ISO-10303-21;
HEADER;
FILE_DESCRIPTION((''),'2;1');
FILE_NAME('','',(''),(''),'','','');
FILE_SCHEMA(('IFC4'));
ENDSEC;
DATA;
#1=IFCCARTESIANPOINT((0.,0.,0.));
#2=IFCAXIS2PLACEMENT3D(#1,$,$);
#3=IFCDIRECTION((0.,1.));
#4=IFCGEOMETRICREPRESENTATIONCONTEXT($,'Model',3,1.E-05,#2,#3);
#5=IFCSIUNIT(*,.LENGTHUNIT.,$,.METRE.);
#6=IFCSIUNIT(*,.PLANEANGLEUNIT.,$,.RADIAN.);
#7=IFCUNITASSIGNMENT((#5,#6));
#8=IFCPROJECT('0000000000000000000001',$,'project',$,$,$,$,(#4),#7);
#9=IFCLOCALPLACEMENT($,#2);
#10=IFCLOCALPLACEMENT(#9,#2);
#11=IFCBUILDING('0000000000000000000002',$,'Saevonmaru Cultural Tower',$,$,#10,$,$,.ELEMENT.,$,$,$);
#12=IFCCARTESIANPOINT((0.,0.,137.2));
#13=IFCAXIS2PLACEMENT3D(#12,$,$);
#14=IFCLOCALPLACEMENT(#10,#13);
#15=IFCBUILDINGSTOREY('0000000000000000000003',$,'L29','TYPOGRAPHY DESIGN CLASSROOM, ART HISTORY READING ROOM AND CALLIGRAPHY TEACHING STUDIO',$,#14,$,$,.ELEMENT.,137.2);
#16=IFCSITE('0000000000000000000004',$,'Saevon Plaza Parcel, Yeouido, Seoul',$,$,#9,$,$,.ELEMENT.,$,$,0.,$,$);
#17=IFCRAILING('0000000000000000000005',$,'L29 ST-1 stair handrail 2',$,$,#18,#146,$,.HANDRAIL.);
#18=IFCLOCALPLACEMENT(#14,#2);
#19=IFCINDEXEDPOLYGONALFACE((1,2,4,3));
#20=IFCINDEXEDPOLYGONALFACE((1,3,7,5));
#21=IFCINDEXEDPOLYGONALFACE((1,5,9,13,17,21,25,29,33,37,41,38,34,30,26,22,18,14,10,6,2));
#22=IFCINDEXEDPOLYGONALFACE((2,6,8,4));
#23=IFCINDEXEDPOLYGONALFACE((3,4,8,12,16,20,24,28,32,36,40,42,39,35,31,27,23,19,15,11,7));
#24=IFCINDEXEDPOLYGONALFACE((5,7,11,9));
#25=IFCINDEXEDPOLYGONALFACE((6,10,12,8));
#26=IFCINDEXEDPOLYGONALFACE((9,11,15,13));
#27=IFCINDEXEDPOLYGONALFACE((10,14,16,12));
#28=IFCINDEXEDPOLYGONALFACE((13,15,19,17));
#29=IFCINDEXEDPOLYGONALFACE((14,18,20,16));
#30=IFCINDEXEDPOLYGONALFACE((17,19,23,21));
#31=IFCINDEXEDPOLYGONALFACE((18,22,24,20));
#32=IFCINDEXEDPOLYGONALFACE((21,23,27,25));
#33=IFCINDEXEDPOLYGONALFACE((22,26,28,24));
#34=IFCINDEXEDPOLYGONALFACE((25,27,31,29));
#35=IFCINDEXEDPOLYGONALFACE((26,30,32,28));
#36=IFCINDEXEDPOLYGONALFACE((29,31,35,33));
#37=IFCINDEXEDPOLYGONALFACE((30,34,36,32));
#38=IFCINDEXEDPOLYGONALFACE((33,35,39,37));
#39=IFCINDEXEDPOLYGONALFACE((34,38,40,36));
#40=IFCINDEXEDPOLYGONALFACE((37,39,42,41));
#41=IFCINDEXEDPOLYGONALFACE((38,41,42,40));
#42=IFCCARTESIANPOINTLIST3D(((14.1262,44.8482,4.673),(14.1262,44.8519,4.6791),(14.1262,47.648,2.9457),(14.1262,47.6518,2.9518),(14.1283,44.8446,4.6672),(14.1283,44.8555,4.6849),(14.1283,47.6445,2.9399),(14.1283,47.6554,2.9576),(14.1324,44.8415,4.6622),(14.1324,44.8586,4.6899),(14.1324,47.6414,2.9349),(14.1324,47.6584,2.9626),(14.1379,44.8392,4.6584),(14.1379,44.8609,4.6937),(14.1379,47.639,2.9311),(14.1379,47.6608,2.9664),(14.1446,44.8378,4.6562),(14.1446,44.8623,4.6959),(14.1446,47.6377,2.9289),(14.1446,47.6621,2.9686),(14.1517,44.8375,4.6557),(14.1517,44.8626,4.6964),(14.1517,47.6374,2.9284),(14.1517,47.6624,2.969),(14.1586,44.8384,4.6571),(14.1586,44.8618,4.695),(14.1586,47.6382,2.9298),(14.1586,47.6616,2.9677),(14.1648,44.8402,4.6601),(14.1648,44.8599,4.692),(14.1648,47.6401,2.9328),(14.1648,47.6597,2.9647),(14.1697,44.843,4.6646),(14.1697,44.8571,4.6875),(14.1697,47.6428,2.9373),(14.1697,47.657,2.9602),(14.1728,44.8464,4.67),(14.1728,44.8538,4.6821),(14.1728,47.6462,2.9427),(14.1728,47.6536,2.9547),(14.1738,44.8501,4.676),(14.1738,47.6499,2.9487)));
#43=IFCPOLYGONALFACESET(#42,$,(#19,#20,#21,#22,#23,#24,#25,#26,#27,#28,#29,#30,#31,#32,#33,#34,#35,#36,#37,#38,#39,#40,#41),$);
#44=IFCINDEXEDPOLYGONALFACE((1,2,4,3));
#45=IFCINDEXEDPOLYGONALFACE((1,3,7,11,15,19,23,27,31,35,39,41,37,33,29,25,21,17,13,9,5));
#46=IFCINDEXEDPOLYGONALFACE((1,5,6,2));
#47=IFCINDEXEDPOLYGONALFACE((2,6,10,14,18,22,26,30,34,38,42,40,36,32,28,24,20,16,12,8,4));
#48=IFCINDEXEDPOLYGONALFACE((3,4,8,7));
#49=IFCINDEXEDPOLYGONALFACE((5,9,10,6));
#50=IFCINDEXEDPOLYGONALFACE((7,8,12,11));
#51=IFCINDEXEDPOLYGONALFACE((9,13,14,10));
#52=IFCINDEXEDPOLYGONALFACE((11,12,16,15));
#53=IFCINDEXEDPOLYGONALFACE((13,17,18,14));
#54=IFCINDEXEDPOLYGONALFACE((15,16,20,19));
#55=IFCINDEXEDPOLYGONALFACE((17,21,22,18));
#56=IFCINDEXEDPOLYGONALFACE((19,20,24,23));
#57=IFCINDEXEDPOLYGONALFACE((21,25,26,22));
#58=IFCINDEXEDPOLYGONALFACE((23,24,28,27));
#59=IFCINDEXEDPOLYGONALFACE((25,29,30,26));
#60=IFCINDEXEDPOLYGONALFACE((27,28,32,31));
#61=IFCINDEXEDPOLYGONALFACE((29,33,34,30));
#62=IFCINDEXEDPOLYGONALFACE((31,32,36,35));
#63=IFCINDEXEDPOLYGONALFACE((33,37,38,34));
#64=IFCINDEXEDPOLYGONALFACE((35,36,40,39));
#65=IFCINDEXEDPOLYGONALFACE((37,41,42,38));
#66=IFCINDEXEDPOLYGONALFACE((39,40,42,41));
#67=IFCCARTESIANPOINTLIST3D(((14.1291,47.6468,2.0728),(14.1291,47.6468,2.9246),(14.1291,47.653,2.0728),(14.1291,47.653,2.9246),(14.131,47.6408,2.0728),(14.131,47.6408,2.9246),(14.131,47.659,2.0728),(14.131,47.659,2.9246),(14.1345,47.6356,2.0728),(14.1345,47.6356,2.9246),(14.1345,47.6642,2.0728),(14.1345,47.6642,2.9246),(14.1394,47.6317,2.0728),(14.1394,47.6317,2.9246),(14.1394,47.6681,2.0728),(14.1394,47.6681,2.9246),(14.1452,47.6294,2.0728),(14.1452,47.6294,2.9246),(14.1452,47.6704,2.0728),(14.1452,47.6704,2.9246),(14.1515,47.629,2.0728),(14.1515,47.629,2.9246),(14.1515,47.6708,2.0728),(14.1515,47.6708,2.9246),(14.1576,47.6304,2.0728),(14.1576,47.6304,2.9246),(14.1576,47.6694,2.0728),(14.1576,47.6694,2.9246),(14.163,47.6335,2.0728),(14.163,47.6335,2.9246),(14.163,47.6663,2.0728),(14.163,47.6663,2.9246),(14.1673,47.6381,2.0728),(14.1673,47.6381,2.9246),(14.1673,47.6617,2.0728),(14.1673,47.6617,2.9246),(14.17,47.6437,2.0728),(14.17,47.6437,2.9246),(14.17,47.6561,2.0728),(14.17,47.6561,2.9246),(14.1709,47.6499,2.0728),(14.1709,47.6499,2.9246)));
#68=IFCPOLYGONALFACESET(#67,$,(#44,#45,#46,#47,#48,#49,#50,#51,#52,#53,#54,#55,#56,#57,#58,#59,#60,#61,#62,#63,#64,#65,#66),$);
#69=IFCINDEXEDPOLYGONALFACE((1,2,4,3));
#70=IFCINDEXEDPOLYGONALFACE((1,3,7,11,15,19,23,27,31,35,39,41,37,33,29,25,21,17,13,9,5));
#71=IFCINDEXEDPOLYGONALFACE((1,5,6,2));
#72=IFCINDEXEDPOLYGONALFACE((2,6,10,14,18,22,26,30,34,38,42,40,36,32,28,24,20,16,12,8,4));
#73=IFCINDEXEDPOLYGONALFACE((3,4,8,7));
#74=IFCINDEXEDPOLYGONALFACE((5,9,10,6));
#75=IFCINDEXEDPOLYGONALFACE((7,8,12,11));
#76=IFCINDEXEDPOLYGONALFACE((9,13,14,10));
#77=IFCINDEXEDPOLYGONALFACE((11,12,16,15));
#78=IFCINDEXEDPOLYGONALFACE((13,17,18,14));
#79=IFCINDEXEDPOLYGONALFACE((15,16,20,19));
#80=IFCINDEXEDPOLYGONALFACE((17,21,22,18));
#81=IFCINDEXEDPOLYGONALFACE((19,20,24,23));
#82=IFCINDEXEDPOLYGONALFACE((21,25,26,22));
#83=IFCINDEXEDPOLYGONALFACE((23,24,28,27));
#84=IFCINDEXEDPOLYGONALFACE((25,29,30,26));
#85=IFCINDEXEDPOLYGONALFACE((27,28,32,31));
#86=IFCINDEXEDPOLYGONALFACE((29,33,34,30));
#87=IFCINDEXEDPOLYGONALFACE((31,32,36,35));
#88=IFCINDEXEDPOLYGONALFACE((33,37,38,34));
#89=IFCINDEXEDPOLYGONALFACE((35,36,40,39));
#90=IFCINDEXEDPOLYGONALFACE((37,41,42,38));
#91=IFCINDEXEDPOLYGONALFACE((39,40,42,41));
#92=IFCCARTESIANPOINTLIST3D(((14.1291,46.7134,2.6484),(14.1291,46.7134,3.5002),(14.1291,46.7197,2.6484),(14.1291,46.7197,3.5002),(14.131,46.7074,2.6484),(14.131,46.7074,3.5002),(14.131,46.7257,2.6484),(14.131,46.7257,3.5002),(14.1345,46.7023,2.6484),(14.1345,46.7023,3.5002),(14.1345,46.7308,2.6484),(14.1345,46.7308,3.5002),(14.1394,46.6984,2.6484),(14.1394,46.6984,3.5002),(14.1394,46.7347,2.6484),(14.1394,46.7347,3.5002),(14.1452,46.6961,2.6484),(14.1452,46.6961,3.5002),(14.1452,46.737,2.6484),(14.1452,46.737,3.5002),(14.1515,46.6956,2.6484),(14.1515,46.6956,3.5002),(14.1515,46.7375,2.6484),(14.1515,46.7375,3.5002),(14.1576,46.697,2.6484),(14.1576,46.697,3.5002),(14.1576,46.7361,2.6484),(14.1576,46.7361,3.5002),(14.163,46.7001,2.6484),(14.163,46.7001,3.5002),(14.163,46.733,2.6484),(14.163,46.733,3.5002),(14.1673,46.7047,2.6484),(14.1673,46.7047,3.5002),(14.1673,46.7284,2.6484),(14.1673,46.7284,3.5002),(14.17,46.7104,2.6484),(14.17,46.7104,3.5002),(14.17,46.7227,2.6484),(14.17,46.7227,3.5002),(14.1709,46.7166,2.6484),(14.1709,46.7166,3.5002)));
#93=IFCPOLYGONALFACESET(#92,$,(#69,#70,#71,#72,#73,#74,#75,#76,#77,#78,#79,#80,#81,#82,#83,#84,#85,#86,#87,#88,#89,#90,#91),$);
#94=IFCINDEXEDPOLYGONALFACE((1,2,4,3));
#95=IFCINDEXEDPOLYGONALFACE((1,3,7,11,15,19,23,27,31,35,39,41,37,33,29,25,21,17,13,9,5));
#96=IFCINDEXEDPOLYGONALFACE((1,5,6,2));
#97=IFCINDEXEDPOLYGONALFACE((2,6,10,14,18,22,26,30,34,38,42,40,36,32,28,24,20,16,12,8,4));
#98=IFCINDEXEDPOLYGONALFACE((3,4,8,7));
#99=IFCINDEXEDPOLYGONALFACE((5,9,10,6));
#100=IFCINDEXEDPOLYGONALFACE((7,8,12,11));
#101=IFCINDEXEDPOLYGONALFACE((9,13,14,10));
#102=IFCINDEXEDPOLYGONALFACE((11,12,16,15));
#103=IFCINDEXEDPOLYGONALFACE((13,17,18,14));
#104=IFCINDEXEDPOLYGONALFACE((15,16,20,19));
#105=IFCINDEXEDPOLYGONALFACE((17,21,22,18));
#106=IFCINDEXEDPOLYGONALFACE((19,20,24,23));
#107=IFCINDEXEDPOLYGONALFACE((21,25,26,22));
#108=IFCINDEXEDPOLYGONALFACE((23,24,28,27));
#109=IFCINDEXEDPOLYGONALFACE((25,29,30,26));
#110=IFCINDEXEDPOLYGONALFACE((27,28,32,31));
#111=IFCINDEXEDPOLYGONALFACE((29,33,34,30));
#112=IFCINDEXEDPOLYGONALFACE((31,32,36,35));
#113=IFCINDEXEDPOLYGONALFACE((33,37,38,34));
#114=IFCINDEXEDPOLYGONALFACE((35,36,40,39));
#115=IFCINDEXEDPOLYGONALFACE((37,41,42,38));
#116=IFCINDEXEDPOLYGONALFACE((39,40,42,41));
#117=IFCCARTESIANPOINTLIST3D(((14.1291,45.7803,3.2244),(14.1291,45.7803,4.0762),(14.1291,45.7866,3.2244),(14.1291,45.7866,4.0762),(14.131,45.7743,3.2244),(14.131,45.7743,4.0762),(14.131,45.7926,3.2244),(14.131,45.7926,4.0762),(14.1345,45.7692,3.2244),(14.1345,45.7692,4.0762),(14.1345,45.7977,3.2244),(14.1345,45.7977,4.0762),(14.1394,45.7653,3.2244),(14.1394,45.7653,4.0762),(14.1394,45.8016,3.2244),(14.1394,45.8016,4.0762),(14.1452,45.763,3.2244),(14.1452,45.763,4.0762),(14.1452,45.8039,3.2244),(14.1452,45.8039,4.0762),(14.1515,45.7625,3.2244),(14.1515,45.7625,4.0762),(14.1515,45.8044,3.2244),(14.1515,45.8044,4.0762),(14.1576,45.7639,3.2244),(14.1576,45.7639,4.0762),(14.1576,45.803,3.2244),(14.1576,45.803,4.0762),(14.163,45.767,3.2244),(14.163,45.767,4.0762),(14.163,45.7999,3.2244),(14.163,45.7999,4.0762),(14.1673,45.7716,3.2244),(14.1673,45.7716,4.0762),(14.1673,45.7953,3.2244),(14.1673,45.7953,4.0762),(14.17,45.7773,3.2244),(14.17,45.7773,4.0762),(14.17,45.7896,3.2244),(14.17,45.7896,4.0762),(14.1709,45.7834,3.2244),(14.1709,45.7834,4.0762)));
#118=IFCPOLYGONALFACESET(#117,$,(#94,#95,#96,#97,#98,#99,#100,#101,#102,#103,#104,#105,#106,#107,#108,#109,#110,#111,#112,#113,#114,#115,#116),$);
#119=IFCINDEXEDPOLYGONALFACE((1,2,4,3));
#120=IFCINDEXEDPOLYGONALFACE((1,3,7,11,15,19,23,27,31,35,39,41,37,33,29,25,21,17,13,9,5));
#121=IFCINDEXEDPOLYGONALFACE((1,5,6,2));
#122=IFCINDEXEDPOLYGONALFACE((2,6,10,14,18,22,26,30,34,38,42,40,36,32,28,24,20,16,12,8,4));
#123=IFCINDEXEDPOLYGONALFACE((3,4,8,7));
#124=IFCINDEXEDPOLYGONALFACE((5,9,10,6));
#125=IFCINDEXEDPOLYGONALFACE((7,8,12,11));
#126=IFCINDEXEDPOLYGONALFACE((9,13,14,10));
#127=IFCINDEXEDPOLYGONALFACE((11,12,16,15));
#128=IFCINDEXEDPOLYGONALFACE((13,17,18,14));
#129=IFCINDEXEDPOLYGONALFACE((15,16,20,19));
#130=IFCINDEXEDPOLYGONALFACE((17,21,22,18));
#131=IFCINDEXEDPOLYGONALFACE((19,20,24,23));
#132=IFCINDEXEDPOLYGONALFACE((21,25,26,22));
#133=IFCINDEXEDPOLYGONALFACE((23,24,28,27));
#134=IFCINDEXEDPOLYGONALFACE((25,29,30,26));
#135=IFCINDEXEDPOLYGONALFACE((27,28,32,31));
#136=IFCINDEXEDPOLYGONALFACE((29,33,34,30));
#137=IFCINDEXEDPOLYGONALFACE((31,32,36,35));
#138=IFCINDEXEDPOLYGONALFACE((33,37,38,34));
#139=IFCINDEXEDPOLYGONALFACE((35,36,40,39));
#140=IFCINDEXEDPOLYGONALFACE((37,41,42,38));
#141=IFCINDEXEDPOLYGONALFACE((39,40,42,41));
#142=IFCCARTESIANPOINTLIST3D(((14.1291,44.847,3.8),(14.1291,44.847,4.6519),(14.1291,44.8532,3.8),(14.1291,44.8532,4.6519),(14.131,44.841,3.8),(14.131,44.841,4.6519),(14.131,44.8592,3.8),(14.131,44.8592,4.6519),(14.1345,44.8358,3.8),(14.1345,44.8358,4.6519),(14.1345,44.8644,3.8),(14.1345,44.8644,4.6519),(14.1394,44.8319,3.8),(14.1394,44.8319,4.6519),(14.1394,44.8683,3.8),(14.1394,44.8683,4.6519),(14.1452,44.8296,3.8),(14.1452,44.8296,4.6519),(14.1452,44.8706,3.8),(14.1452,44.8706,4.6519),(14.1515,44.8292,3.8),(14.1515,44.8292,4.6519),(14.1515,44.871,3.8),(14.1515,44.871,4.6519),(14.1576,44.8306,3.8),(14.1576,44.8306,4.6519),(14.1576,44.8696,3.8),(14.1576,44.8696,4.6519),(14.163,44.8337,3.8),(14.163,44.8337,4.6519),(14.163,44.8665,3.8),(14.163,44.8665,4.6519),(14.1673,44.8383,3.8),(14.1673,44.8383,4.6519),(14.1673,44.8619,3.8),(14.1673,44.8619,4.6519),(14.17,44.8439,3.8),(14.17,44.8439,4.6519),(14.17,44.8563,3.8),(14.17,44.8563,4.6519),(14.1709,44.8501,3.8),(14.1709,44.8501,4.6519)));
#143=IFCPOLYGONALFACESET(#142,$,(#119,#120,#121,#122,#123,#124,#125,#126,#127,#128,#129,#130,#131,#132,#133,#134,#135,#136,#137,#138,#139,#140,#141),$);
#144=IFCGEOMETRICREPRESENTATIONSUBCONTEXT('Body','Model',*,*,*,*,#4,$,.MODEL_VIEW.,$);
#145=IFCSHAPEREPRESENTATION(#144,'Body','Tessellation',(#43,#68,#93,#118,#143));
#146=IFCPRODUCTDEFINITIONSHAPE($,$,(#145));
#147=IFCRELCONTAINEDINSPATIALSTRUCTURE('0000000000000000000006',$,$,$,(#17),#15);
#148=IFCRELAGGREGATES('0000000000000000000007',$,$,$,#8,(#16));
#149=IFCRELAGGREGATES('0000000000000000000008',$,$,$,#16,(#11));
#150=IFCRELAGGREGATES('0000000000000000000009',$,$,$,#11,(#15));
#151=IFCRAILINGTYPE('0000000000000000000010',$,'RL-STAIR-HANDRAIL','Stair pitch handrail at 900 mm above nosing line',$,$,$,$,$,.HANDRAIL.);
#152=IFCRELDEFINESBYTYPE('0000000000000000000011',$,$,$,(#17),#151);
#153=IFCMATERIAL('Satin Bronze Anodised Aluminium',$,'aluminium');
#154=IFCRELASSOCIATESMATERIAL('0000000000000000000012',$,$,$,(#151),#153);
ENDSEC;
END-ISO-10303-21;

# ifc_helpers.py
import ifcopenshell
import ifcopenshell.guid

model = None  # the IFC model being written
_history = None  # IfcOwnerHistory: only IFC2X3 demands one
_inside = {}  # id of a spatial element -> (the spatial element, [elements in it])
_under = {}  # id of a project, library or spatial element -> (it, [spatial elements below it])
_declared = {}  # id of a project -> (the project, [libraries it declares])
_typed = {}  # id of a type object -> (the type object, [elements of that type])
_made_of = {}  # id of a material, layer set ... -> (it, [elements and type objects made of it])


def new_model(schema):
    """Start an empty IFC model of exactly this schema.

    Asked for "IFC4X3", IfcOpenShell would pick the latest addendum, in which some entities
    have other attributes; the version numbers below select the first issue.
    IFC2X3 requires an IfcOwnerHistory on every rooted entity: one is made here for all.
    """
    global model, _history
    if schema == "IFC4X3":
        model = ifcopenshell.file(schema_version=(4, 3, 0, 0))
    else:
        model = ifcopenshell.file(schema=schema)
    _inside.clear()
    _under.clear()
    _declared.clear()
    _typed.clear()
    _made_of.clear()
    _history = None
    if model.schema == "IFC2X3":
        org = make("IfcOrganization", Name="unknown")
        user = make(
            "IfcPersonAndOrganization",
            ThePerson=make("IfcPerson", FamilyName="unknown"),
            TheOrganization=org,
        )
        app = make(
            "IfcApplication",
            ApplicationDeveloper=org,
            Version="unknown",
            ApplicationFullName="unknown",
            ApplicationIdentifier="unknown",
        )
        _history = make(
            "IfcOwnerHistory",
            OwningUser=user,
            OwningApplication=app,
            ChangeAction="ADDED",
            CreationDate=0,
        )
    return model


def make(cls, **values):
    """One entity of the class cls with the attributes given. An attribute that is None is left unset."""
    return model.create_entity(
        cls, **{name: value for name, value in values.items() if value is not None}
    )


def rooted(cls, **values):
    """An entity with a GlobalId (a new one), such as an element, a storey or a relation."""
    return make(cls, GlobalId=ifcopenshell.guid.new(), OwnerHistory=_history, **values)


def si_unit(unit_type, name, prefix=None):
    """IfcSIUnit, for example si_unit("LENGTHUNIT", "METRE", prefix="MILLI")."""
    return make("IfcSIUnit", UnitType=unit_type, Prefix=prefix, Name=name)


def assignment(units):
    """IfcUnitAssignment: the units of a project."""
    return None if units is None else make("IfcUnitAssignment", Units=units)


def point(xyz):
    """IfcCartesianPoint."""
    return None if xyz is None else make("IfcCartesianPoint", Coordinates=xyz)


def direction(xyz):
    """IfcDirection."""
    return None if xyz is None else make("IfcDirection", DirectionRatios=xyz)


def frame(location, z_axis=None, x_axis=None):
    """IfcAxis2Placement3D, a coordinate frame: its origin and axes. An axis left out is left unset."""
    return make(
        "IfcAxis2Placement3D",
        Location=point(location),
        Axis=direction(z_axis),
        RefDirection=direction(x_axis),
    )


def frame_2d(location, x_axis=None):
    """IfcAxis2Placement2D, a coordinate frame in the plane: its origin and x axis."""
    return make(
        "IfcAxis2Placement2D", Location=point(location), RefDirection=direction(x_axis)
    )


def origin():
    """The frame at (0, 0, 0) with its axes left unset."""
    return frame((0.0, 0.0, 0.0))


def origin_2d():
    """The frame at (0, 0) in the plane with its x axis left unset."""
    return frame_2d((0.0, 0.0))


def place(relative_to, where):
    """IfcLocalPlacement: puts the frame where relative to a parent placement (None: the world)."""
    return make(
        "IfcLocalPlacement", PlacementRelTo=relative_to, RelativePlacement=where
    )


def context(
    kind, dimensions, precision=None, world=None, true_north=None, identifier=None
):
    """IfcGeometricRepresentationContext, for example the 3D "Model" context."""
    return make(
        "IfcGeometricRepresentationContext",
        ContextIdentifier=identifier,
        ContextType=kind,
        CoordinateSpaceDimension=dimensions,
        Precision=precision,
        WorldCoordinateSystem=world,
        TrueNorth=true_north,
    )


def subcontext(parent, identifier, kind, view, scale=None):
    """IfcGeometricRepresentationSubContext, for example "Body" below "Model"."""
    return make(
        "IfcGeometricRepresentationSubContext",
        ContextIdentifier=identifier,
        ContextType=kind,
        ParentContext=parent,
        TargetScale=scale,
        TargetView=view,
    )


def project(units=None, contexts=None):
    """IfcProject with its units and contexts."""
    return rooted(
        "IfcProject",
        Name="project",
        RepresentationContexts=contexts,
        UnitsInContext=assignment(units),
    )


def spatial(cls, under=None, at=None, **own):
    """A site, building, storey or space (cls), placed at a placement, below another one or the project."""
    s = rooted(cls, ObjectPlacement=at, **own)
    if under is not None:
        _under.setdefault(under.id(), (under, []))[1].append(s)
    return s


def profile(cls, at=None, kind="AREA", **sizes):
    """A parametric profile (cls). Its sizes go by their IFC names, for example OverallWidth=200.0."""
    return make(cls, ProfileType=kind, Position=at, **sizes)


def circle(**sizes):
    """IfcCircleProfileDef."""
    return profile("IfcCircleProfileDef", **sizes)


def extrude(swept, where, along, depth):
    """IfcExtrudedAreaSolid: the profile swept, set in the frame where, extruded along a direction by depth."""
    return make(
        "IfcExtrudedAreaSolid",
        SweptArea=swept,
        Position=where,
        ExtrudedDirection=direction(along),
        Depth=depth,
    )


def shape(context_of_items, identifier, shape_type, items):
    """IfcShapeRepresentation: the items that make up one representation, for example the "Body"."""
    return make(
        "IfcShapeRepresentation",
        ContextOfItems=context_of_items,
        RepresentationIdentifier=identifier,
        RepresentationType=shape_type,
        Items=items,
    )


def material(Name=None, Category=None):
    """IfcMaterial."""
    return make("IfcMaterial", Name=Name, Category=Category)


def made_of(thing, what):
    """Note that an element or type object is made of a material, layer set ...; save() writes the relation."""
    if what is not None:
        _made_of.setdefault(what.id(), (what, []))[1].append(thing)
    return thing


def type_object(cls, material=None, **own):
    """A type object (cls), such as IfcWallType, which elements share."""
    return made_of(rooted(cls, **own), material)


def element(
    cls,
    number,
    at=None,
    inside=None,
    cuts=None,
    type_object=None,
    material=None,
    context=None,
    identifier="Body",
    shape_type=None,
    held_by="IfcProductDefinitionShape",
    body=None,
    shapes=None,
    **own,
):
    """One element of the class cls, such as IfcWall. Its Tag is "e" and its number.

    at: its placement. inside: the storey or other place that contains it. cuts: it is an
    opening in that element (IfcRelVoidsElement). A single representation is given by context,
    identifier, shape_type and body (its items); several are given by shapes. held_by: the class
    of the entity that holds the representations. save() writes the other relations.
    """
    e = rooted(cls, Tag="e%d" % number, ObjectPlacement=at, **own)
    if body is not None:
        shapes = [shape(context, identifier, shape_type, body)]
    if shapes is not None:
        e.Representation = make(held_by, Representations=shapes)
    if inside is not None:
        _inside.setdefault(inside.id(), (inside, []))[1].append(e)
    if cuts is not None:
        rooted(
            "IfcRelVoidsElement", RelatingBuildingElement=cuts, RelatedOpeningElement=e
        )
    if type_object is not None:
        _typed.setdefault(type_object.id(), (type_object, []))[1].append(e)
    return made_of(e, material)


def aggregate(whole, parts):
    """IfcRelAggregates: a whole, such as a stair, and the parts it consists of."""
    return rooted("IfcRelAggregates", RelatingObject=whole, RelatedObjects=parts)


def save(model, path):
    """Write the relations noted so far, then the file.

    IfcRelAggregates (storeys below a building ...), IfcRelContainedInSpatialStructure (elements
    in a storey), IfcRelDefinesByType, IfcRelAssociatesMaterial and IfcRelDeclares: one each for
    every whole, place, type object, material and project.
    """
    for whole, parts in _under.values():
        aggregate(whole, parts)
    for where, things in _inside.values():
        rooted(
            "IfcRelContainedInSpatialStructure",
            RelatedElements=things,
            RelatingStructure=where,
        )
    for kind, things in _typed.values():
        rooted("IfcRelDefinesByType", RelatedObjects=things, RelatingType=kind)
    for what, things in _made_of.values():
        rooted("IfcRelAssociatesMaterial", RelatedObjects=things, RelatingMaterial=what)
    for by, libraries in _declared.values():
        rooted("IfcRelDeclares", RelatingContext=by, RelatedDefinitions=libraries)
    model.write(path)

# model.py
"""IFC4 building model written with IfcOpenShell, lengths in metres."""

from ifc_helpers import new_model, si_unit, direction, frame, origin, origin_2d, place, context, subcontext, project, spatial, circle, extrude, material, type_object, element, save


model = new_model("IFC4")

# Units and contexts
model_context = context("Model", 3, precision=1e-05, world=origin(), true_north=direction((0.0, 1.0)))
body_context = subcontext(model_context, "Body", "Model", "MODEL_VIEW")
ifc_project = project(units=[si_unit("LENGTHUNIT", "METRE"), si_unit("PLANEANGLEUNIT", "RADIAN")], contexts=[model_context])

# Site, building, storey
site_placement = place(None, origin())
site = spatial("IfcSite", under=ifc_project, at=site_placement, Name="Saevon Plaza Parcel, Yeouido, Seoul", CompositionType="ELEMENT", RefElevation=0.0)
building_placement = place(site_placement, origin())
building = spatial("IfcBuilding", under=site, at=building_placement, Name="Saevonmaru Cultural Tower", CompositionType="ELEMENT")
storey_placement = place(building_placement, frame((0.0, 0.0, 137.2)))
storey = spatial("IfcBuildingStorey", under=building, at=storey_placement, Name="L29", Description="TYPOGRAPHY DESIGN CLASSROOM, ART HISTORY READING ROOM AND CALLIGRAPHY TEACHING STUDIO", CompositionType="ELEMENT", Elevation=137.2)

# Shared definitions
ifc_material_1 = material(Name="Satin Bronze Anodised Aluminium", Category="aluminium")

# Railing
railing_type_1 = type_object("IfcRailingType", Name="RL-STAIR-HANDRAIL", Description="Stair pitch handrail at 900 mm above nosing line", PredefinedType="HANDRAIL", material=ifc_material_1)
railing_1_placement = place(storey_placement, frame((14.1499, 47.6499, 2.0728)))
element("IfcRailing", 1, at=railing_1_placement, inside=storey, type_object=railing_type_1, Name="L29 ST-1 stair handrail 2", PredefinedType="HANDRAIL", context=body_context, shape_type="SweptSolid", body=[
    extrude(circle(Radius=0.0239, at=origin_2d()), frame((0.0, 0.0, 0.876), z_axis=(0.0, -0.851069, 0.525054), x_axis=(1.0, 0.0, 0.0)), (0.0, 0.0, 1.0), 3.2898),
    extrude(circle(Radius=0.021, at=origin_2d()), origin(), (0.0, 0.0, 1.0), 0.8518),
    extrude(circle(Radius=0.021, at=origin_2d()), frame((0.0, -0.9333, 0.5757)), (0.0, 0.0, 1.0), 0.8518),
    extrude(circle(Radius=0.021, at=origin_2d()), frame((0.0, -1.8665, 1.1516)), (0.0, 0.0, 1.0), 0.8518),
    extrude(circle(Radius=0.021, at=origin_2d()), frame((0.0, -2.7998, 1.7273)), (0.0, 0.0, 1.0), 0.8518),
])

save(model, "model.ifc")
